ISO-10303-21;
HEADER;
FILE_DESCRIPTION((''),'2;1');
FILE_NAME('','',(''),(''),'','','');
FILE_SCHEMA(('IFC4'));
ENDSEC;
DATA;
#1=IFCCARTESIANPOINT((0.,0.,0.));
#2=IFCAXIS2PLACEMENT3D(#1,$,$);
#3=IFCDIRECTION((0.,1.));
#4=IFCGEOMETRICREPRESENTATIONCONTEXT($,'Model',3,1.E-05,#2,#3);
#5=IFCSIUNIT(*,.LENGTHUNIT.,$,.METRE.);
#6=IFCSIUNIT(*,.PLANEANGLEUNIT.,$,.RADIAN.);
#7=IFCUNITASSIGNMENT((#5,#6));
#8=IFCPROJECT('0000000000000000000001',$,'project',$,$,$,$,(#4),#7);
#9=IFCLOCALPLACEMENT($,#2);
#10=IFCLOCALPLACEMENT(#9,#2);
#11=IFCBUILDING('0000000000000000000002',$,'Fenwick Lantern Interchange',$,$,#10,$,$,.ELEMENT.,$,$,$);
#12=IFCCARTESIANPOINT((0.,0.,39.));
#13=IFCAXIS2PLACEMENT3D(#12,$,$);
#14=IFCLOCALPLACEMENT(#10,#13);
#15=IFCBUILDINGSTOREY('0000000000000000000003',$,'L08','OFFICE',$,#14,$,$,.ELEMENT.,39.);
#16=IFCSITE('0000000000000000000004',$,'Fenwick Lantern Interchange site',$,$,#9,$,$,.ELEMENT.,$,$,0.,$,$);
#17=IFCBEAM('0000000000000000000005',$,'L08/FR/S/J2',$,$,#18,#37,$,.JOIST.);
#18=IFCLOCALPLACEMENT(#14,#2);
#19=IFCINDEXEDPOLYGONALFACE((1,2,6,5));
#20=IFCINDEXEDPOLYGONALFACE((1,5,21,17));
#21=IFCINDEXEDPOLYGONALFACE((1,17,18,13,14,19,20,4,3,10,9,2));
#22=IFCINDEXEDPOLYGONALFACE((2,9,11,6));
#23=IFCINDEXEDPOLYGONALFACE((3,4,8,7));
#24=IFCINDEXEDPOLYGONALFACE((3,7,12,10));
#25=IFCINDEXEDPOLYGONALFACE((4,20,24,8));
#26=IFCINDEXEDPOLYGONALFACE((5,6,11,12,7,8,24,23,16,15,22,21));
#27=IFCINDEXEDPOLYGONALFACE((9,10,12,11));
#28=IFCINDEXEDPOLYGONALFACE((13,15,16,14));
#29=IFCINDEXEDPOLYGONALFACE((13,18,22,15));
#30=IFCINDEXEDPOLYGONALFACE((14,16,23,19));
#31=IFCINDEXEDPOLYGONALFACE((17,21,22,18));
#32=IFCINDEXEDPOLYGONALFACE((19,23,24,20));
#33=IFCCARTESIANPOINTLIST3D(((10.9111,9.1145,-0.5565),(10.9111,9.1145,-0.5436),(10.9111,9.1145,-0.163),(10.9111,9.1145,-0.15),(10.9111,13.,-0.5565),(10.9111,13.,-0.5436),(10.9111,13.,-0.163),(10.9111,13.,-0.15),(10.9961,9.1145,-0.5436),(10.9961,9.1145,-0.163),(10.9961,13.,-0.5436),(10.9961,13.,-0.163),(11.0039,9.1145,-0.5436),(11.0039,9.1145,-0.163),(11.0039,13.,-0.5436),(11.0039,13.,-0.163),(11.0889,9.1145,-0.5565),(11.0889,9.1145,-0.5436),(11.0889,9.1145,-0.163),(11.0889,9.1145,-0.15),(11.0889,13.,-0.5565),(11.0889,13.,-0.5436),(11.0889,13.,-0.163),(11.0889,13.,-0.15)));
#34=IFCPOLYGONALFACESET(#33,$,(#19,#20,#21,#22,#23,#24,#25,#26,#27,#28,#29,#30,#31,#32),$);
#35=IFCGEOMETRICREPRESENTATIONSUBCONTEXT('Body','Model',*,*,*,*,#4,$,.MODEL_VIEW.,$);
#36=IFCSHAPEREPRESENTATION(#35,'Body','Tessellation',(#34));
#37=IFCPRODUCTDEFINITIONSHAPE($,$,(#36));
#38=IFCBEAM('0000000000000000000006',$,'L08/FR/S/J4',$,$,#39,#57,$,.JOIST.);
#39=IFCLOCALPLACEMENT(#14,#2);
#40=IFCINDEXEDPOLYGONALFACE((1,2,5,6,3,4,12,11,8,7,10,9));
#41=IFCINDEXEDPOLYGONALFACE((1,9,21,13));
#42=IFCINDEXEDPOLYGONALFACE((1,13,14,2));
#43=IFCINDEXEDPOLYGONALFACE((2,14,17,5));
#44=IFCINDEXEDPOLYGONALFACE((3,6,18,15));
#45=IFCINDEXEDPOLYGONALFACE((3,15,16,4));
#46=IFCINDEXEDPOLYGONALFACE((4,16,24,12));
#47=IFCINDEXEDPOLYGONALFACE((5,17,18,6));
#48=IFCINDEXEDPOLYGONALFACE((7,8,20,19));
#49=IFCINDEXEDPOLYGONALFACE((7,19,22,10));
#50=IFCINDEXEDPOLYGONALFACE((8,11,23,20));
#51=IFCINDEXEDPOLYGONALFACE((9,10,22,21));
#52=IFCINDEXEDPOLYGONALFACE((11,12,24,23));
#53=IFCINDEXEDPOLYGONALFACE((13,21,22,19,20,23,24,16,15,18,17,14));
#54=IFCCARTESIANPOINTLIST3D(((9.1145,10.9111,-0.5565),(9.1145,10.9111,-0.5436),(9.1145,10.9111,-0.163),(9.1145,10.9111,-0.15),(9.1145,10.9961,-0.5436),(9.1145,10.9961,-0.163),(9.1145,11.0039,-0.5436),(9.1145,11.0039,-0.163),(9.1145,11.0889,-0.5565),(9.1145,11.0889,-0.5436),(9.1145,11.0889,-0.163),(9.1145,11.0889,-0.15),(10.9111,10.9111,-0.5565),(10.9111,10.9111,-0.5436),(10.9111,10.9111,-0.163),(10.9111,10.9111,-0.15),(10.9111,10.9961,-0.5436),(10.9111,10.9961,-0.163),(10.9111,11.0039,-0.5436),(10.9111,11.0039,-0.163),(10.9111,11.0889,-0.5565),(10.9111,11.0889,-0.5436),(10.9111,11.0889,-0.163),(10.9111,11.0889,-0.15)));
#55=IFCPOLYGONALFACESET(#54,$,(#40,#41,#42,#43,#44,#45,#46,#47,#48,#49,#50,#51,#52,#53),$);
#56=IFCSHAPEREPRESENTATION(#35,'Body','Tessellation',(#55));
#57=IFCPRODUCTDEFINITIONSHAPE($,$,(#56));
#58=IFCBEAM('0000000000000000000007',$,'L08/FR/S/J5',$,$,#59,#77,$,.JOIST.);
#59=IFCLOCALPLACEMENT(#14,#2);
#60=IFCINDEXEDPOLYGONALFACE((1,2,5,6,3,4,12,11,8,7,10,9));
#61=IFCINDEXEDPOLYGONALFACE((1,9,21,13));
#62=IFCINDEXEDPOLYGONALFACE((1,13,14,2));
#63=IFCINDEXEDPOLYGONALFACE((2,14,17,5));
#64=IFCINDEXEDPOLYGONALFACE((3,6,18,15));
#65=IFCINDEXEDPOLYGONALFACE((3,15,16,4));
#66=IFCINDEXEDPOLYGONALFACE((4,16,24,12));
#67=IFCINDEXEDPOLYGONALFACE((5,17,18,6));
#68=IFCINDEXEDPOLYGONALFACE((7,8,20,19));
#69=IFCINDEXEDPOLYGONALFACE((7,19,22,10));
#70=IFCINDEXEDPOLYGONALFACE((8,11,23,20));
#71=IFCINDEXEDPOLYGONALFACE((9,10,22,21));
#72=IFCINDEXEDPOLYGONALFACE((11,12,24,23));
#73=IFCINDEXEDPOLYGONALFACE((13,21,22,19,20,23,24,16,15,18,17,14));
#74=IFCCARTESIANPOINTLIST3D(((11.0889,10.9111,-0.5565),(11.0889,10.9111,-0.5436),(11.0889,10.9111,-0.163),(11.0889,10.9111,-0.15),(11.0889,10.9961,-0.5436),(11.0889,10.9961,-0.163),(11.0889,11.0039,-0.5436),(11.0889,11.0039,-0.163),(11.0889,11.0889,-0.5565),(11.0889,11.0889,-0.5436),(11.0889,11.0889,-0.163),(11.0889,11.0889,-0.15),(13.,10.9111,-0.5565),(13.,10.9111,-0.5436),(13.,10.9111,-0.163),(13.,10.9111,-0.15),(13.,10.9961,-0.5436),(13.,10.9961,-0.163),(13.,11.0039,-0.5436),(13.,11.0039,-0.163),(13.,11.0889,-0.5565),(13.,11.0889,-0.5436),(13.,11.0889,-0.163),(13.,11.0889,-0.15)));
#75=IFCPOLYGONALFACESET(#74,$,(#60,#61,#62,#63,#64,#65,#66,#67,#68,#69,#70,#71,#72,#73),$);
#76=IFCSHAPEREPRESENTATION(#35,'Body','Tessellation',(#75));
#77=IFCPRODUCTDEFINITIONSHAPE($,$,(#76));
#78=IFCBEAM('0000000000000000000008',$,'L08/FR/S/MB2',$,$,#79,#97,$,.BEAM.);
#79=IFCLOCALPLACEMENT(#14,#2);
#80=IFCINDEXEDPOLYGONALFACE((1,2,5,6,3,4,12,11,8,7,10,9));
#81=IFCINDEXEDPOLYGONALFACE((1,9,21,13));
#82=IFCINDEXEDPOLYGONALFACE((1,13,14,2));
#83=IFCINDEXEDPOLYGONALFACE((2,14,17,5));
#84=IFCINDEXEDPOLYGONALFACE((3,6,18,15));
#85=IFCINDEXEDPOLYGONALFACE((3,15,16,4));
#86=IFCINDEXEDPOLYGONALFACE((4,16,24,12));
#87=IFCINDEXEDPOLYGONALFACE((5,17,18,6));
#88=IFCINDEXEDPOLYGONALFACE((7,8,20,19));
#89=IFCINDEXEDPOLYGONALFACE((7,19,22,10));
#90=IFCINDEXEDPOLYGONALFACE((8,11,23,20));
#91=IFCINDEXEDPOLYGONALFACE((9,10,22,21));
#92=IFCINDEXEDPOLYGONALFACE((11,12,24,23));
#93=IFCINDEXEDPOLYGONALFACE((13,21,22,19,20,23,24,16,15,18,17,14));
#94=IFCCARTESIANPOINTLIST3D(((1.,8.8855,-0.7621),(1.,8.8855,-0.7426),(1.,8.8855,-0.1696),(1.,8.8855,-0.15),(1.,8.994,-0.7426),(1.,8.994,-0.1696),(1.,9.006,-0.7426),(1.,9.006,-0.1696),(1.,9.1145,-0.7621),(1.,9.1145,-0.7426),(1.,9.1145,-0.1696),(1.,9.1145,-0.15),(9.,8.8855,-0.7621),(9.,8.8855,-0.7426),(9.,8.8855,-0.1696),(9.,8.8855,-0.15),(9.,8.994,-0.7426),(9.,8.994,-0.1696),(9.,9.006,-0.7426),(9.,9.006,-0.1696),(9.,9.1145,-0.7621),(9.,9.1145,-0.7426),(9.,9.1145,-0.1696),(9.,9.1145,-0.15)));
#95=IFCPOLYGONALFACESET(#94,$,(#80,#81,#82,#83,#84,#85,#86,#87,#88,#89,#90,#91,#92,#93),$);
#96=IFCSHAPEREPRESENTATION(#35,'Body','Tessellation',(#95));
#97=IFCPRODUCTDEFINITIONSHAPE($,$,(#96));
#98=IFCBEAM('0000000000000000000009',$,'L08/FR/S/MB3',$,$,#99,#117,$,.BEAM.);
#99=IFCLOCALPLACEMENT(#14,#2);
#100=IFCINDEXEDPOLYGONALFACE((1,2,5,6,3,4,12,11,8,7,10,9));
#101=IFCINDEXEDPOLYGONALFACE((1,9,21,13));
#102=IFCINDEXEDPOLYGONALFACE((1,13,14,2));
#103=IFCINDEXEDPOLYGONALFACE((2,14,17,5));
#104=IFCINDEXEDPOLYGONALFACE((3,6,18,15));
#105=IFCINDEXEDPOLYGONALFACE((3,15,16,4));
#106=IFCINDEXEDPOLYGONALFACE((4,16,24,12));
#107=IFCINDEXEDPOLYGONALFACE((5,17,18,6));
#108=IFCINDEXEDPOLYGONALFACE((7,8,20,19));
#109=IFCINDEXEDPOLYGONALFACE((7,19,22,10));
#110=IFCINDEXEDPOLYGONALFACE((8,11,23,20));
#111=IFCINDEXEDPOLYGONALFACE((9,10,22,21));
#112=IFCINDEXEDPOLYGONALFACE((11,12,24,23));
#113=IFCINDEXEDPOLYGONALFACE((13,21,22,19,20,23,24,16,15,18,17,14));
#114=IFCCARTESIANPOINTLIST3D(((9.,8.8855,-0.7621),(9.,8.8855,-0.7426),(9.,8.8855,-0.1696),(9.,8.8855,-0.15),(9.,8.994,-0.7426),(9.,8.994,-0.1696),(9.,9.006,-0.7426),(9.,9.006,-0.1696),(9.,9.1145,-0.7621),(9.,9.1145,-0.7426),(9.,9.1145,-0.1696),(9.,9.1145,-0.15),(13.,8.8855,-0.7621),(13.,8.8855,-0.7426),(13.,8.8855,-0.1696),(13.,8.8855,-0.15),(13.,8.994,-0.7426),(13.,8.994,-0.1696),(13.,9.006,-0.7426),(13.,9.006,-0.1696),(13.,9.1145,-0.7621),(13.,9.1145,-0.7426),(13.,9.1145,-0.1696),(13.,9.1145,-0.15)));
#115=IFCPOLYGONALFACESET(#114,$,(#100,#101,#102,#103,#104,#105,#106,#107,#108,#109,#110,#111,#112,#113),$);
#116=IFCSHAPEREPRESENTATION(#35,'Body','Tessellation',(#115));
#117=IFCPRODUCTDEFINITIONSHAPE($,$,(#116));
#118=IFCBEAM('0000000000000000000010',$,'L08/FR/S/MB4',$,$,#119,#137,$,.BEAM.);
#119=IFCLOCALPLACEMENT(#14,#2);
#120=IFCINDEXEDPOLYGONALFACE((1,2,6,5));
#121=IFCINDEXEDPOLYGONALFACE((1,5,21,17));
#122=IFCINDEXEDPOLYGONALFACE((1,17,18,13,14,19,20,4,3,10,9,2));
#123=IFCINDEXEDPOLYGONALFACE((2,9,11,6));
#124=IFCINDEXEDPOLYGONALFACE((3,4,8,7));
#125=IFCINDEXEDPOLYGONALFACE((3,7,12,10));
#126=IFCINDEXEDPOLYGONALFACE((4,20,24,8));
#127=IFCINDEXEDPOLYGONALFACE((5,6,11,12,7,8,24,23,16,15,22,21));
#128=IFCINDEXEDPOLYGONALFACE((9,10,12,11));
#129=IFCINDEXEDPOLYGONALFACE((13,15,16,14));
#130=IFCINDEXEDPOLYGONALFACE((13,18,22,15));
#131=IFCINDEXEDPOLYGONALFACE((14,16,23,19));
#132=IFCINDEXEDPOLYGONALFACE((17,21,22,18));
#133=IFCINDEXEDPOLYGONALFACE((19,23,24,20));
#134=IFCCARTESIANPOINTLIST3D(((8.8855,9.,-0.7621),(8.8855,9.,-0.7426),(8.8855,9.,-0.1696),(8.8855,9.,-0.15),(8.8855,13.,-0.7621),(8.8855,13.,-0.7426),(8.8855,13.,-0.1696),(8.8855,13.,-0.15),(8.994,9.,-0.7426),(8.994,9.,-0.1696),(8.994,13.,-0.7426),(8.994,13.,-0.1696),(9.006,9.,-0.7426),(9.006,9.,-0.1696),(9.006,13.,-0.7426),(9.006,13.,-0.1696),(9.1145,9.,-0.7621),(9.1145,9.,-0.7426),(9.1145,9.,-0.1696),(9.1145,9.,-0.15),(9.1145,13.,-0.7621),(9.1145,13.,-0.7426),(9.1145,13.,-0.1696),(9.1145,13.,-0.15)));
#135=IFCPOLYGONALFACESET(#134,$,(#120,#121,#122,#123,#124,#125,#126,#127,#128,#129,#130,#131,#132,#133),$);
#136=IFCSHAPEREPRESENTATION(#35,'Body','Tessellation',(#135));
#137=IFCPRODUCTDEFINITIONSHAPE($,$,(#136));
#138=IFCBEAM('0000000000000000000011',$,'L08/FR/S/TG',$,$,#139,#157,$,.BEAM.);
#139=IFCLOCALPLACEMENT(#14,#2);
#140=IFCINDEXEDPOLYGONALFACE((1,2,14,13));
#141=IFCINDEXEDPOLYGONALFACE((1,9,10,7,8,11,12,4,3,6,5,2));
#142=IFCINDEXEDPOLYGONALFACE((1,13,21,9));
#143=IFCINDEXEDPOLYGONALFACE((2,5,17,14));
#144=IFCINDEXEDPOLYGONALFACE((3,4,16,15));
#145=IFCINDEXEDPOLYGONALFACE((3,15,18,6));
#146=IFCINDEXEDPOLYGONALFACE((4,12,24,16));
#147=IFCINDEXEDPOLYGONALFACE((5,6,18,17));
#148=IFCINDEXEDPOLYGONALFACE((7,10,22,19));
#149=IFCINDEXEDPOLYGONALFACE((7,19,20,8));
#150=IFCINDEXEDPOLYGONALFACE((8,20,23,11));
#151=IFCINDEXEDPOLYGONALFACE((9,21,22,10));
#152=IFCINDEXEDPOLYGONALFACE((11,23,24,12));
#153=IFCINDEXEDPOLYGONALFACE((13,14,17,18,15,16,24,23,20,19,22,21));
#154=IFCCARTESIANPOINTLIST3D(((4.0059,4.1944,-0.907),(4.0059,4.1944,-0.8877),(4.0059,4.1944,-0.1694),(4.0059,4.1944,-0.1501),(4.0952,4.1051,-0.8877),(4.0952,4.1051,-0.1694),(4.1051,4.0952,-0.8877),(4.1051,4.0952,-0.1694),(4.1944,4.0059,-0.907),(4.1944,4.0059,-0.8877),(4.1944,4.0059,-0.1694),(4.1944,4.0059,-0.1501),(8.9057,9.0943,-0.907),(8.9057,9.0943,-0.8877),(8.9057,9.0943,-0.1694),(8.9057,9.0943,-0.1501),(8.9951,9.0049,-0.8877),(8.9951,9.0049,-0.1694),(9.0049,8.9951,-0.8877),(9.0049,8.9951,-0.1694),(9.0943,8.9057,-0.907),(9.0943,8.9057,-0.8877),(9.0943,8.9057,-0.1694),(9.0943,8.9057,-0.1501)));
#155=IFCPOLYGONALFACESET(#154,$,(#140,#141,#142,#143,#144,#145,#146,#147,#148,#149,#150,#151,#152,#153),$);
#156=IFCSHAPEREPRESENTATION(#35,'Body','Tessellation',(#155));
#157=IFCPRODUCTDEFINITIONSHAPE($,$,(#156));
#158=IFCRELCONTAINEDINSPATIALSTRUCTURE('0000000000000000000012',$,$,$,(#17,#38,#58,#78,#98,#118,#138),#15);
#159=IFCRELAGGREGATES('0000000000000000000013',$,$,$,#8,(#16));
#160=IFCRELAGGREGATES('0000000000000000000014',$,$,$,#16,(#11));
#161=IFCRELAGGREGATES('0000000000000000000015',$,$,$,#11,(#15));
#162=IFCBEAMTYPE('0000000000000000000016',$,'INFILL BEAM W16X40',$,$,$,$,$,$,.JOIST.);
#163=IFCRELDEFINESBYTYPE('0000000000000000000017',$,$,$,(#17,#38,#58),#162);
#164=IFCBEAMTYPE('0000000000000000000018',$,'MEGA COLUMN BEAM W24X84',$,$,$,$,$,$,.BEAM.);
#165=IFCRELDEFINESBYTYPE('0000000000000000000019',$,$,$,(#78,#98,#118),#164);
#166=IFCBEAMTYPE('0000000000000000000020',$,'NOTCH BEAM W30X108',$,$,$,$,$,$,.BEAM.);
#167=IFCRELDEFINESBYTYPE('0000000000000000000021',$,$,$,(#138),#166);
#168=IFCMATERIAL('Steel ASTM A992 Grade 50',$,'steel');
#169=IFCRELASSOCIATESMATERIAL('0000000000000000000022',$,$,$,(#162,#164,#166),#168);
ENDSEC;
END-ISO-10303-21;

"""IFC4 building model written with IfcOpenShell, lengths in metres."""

from ifc_helpers import new_model, si_unit, direction, frame, origin, origin_2d, place, context, subcontext, project, spatial, i_section, extrude, material, material_profile, profile_set, type_object, element, save


model = new_model("IFC4")

# Units and contexts
model_context = context("Model", 3, precision=1e-05, world=origin(), true_north=direction((0.0, 1.0)))
body_context = subcontext(model_context, "Body", "Model", "MODEL_VIEW")
ifc_project = project(units=[si_unit("LENGTHUNIT", "METRE"), si_unit("PLANEANGLEUNIT", "RADIAN")], contexts=[model_context])

# Site, building, storey
site_placement = place(None, origin())
site = spatial("IfcSite", under=ifc_project, at=site_placement, Name="Fenwick Lantern Interchange site", CompositionType="ELEMENT", RefElevation=0.0)
building_placement = place(site_placement, origin())
building = spatial("IfcBuilding", under=site, at=building_placement, Name="Fenwick Lantern Interchange", CompositionType="ELEMENT")
storey_placement = place(building_placement, frame((0.0, 0.0, 39.0)))
storey = spatial("IfcBuildingStorey", under=building, at=storey_placement, Name="L08", Description="OFFICE", CompositionType="ELEMENT", Elevation=39.0)

# Beams
ifc_material_1 = material(Name="Steel ASTM A992 Grade 50", Category="steel")
ifc_material_profile_1 = material_profile(ifc_material_1, i_section(OverallWidth=0.1777, OverallDepth=0.4065, WebThickness=0.0078, FlangeThickness=0.0129, at=origin_2d()), Name="W16X40")
ifc_profile_set_1 = profile_set([ifc_material_profile_1], Name="Steel ASTM A992 Grade 50")
beam_type_1 = type_object("IfcBeamType", Name="INFILL BEAM W16X40", PredefinedType="JOIST", material=ifc_profile_set_1)
beam_1_placement = place(storey_placement, frame((11.0, 9.1145, -0.3533), z_axis=(0.0, 1.0, 0.0), x_axis=(-1.0, 0.0, 0.0)))
element("IfcBeam", 1, at=beam_1_placement, inside=storey, type_object=beam_type_1, Name="L08/FR/S/J2", PredefinedType="JOIST", context=body_context, shape_type="SweptSolid", body=[
    extrude(i_section(OverallWidth=0.1777, OverallDepth=0.4065, WebThickness=0.0078, FlangeThickness=0.0129, at=origin_2d()), origin(), (0.0, 0.0, 1.0), 3.8855),
])
beam_2_placement = place(storey_placement, frame((9.1145, 11.0, -0.3533), z_axis=(1.0, 0.0, 0.0), x_axis=(0.0, 1.0, 0.0)))
element("IfcBeam", 2, at=beam_2_placement, inside=storey, type_object=beam_type_1, Name="L08/FR/S/J4", PredefinedType="JOIST", context=body_context, shape_type="SweptSolid", body=[
    extrude(i_section(OverallWidth=0.1777, OverallDepth=0.4065, WebThickness=0.0078, FlangeThickness=0.0129, at=origin_2d()), origin(), (0.0, 0.0, 1.0), 1.7966),
])
beam_3_placement = place(storey_placement, frame((11.0889, 11.0, -0.3533), z_axis=(1.0, 0.0, 0.0), x_axis=(0.0, 1.0, 0.0)))
element("IfcBeam", 3, at=beam_3_placement, inside=storey, type_object=beam_type_1, Name="L08/FR/S/J5", PredefinedType="JOIST", context=body_context, shape_type="SweptSolid", body=[
    extrude(i_section(OverallWidth=0.1777, OverallDepth=0.4065, WebThickness=0.0078, FlangeThickness=0.0129, at=origin_2d()), origin(), (0.0, 0.0, 1.0), 1.9111),
])
ifc_material_profile_2 = material_profile(ifc_material_1, i_section(OverallWidth=0.229, OverallDepth=0.6121, WebThickness=0.012, FlangeThickness=0.0195, at=origin_2d()), Name="W24X84")
ifc_profile_set_2 = profile_set([ifc_material_profile_2], Name="Steel ASTM A992 Grade 50")
beam_type_2 = type_object("IfcBeamType", Name="MEGA COLUMN BEAM W24X84", PredefinedType="BEAM", material=ifc_profile_set_2)
beam_4_placement = place(storey_placement, frame((9.0, 9.0, -0.4561), z_axis=(-1.0, 0.0, 0.0), x_axis=(0.0, -1.0, 0.0)))
element("IfcBeam", 4, at=beam_4_placement, inside=storey, type_object=beam_type_2, Name="L08/FR/S/MB2", PredefinedType="BEAM", context=body_context, shape_type="SweptSolid", body=[
    extrude(i_section(OverallWidth=0.229, OverallDepth=0.6121, WebThickness=0.012, FlangeThickness=0.0195, at=origin_2d()), origin(), (0.0, 0.0, 1.0), 8.0),
])
for number, where, z_axis, x_axis, name in (
    (5, (9.0, 9.0, -0.4561), (1.0, 0.0, 0.0), (0.0, 1.0, 0.0), "L08/FR/S/MB3"),
    (6, (9.0, 9.0, -0.4561), (0.0, 1.0, 0.0), (-1.0, 0.0, 0.0), "L08/FR/S/MB4"),
):
    element("IfcBeam", number, at=place(storey_placement, frame(where, z_axis=z_axis, x_axis=x_axis)), inside=storey, type_object=beam_type_2, Name=name, PredefinedType="BEAM", context=body_context, shape_type="SweptSolid", body=[
        extrude(i_section(OverallWidth=0.229, OverallDepth=0.6121, WebThickness=0.012, FlangeThickness=0.0195, at=origin_2d()), origin(), (0.0, 0.0, 1.0), 4.0),
    ])
ifc_material_profile_3 = material_profile(ifc_material_1, i_section(OverallWidth=0.2666, OverallDepth=0.7568, WebThickness=0.0139, FlangeThickness=0.0193, at=origin_2d()), Name="W30X108")
ifc_profile_set_3 = profile_set([ifc_material_profile_3], Name="Steel ASTM A992 Grade 50")
beam_type_3 = type_object("IfcBeamType", Name="NOTCH BEAM W30X108", PredefinedType="BEAM", material=ifc_profile_set_3)
beam_5_placement = place(storey_placement, frame((9.0, 9.0, -0.5286), z_axis=(-0.707107, -0.707107, 0.0), x_axis=(0.707107, -0.707107, 0.0)))
element("IfcBeam", 7, at=beam_5_placement, inside=storey, type_object=beam_type_3, Name="L08/FR/S/TG", PredefinedType="BEAM", context=body_context, shape_type="SweptSolid", body=[
    extrude(i_section(OverallWidth=0.2666, OverallDepth=0.7568, WebThickness=0.0139, FlangeThickness=0.0193, at=origin_2d()), origin(), (0.0, 0.0, 1.0), 6.9294),
])

save(model, "model.ifc")
